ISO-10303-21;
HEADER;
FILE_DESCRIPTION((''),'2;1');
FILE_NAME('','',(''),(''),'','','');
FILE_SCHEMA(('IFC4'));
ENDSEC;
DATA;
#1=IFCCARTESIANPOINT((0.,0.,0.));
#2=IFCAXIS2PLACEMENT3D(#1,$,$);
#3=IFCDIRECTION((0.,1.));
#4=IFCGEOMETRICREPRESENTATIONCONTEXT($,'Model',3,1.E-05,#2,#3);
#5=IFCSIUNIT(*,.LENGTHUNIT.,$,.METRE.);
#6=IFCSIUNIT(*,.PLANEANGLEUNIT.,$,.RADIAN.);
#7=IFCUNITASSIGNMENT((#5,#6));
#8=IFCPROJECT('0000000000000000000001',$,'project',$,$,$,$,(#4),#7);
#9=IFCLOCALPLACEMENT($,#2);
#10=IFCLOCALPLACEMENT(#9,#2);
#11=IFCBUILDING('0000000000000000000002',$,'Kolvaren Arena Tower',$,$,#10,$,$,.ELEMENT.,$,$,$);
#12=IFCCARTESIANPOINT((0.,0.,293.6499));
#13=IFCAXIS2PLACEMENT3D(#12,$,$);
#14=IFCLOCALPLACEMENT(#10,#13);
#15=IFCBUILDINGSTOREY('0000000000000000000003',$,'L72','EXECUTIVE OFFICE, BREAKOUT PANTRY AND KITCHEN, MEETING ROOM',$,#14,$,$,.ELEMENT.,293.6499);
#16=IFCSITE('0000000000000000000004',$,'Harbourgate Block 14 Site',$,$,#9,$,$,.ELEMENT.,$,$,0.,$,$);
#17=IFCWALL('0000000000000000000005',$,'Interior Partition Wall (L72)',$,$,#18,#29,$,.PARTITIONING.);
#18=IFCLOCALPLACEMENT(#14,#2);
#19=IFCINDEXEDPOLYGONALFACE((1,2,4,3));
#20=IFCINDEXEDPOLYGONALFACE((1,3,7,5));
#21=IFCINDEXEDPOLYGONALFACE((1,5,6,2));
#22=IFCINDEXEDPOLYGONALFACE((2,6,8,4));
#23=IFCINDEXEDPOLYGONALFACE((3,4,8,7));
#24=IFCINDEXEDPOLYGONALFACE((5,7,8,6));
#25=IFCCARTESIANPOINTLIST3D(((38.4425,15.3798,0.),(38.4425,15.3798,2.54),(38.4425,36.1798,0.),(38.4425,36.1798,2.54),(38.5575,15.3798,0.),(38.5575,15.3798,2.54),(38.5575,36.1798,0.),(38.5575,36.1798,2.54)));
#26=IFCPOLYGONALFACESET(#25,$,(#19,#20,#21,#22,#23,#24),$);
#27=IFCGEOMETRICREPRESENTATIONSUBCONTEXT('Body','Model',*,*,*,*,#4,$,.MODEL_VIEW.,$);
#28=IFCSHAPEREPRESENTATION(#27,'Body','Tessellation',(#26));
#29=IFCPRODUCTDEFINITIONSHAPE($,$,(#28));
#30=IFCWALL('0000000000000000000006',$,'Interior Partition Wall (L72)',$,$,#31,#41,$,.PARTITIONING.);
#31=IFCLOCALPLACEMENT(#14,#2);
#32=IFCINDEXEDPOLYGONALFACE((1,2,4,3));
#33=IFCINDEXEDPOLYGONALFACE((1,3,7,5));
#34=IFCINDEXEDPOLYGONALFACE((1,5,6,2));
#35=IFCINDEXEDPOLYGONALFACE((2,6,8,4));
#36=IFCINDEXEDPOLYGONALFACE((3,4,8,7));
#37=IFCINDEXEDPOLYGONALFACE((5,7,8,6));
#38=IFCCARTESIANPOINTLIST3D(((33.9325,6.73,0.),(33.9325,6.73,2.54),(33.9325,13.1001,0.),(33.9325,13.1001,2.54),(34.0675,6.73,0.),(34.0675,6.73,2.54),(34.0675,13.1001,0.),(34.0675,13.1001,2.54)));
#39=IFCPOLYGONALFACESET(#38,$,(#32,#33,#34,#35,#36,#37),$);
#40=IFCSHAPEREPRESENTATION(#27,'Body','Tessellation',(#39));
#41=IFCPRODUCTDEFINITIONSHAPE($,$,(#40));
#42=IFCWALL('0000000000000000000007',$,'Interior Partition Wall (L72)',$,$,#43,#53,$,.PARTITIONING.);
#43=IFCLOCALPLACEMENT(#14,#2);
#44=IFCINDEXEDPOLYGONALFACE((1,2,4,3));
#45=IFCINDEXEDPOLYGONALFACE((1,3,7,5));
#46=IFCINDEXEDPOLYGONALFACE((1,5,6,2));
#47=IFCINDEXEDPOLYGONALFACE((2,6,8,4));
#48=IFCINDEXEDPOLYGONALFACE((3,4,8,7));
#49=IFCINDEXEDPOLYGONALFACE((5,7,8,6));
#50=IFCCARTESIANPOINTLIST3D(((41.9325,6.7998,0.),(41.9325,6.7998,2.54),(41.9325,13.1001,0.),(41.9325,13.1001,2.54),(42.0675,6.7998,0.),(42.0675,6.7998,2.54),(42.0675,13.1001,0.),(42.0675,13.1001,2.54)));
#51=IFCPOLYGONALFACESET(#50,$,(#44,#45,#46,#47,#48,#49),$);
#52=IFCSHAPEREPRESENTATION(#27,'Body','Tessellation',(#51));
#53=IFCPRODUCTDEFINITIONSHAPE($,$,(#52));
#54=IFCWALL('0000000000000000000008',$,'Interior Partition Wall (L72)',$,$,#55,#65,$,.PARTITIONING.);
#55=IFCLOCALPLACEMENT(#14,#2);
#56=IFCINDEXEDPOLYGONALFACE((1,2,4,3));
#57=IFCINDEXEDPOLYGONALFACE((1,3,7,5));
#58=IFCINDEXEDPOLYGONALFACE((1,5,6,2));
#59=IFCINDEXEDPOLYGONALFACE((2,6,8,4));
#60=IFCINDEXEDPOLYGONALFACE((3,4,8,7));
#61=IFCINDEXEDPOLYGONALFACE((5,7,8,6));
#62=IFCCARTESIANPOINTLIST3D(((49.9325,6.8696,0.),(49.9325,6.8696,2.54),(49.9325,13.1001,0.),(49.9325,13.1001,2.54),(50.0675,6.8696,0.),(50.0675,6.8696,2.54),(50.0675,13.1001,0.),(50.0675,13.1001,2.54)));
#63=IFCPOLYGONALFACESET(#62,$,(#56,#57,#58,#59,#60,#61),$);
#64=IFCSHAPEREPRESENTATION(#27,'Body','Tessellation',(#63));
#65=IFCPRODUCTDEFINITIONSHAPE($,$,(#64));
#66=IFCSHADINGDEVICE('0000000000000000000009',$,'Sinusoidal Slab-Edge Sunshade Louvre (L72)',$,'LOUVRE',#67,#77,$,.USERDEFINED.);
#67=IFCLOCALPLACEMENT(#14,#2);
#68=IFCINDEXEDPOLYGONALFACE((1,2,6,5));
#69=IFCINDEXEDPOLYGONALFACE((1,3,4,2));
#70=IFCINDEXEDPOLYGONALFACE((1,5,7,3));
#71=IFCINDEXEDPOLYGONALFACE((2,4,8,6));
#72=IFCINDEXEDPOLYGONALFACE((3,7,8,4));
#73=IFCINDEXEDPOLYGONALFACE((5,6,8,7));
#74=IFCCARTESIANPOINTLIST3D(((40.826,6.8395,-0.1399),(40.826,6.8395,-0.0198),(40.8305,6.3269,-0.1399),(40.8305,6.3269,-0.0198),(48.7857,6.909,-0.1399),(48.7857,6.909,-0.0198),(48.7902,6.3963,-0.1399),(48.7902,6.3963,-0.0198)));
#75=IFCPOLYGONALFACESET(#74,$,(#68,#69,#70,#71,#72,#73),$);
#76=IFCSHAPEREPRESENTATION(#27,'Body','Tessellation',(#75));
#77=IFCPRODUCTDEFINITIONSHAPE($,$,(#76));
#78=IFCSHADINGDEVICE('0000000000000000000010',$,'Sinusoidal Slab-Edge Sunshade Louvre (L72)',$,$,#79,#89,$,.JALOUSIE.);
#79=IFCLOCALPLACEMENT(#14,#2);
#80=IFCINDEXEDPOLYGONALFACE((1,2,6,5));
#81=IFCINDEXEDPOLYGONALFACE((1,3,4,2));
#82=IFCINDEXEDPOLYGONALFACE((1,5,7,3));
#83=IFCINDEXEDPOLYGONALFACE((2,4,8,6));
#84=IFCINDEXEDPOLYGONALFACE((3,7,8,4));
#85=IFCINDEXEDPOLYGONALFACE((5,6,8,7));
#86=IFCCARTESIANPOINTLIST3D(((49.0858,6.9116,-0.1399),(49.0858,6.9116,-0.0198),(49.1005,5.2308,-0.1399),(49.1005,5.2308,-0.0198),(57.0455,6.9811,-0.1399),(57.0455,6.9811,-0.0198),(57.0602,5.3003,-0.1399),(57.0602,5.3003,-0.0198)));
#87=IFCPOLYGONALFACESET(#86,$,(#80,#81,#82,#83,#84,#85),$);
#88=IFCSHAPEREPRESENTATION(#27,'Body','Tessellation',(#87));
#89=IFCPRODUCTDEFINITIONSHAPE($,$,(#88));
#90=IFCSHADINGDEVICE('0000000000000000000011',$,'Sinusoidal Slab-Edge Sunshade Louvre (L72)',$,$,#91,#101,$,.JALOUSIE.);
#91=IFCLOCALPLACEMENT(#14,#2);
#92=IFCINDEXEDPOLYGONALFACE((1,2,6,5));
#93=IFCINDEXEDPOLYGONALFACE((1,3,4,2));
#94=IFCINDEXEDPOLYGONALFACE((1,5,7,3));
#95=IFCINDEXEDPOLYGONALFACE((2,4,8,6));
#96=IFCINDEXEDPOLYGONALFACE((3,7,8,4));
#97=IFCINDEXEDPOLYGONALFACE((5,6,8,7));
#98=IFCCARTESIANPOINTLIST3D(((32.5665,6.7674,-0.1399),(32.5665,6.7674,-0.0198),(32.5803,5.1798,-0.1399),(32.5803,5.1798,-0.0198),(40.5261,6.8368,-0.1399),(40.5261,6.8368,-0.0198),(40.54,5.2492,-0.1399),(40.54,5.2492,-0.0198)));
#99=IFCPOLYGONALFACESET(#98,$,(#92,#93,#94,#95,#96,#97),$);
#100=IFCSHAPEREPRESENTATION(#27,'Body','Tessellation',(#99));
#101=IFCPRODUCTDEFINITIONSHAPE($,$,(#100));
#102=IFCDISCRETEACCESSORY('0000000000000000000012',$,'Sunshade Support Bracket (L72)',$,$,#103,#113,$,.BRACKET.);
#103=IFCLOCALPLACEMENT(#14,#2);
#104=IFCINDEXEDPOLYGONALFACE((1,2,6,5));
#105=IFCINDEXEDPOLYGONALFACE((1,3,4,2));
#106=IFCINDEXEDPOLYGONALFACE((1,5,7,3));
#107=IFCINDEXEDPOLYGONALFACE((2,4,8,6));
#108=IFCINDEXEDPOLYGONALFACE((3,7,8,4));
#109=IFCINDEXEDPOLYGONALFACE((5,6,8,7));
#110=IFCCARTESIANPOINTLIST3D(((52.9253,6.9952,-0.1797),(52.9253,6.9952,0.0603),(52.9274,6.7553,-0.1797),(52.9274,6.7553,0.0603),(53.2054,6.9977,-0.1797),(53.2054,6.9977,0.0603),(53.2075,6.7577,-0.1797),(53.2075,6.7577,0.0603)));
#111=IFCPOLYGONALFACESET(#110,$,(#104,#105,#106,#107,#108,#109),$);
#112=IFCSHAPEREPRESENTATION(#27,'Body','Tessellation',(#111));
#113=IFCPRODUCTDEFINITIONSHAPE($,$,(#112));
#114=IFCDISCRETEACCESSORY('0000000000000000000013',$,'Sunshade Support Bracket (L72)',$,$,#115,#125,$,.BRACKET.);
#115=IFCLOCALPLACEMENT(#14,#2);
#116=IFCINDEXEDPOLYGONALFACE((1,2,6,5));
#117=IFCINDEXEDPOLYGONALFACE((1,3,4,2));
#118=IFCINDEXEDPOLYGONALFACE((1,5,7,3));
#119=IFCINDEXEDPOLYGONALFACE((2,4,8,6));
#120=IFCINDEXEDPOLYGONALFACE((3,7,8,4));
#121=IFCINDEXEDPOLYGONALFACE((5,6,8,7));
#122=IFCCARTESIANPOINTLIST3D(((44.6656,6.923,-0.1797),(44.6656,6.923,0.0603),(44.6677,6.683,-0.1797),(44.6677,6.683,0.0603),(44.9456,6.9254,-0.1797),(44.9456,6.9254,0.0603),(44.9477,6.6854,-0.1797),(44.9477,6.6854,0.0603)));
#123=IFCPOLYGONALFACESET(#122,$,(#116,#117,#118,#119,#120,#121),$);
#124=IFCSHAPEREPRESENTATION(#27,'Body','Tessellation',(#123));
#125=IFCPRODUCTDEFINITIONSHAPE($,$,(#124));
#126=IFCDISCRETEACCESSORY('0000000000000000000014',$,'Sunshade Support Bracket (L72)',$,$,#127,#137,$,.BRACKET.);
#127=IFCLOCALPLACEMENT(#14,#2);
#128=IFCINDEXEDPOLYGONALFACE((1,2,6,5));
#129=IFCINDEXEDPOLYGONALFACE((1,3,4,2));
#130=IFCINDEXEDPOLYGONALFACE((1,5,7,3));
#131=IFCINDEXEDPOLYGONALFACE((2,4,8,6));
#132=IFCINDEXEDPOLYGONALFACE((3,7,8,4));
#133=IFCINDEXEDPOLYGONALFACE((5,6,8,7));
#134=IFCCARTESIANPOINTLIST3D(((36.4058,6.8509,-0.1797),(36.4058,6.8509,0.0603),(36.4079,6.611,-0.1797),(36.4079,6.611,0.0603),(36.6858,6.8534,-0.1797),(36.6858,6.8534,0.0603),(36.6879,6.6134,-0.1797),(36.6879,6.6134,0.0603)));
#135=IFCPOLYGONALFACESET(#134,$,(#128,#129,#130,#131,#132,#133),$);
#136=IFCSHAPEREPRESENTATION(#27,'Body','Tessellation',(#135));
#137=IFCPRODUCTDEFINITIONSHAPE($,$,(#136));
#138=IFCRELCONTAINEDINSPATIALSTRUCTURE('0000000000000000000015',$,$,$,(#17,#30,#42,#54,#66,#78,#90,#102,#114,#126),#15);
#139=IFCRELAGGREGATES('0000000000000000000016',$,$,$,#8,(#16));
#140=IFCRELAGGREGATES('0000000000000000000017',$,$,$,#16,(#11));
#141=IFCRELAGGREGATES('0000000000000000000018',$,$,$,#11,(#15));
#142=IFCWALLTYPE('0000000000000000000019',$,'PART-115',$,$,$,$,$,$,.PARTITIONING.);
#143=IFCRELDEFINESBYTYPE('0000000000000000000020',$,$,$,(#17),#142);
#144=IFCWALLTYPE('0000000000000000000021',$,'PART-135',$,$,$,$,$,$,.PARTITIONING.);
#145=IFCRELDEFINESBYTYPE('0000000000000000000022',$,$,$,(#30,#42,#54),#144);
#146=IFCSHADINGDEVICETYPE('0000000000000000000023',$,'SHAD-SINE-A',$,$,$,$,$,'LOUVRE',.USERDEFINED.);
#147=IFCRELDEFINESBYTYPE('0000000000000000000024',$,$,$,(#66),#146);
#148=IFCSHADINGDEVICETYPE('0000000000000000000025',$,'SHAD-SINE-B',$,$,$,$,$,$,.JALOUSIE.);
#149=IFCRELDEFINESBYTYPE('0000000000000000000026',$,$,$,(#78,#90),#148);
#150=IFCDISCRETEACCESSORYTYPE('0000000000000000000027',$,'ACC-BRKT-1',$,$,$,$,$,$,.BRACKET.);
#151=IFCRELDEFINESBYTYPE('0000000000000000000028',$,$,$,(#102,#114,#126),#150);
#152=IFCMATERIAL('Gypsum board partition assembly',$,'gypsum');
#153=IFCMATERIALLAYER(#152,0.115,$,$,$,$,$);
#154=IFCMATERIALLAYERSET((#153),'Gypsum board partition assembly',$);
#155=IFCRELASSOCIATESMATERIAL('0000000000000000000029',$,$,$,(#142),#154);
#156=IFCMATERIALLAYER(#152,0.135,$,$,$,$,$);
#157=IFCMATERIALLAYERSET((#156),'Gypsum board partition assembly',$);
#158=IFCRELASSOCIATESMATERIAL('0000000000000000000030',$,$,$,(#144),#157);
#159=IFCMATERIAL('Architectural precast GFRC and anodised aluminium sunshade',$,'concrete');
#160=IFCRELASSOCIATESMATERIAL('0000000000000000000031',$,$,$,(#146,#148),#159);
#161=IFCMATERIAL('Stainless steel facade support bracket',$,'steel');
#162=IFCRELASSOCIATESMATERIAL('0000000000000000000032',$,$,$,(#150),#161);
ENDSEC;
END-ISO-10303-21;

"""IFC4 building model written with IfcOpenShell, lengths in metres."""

from ifc_helpers import new_model, si_unit, direction, frame, frame_2d, origin, origin_2d, place, context, subcontext, project, spatial, rectangle, extrude, material, layer, layer_set, type_object, element, save


model = new_model("IFC4")

# Units and contexts
model_context = context("Model", 3, precision=1e-05, world=origin(), true_north=direction((0.0, 1.0)))
body_context = subcontext(model_context, "Body", "Model", "MODEL_VIEW")
ifc_project = project(units=[si_unit("LENGTHUNIT", "METRE"), si_unit("PLANEANGLEUNIT", "RADIAN")], contexts=[model_context])

# Site, building, storey
site_placement = place(None, origin())
site = spatial("IfcSite", under=ifc_project, at=site_placement, Name="Harbourgate Block 14 Site", CompositionType="ELEMENT", RefElevation=0.0)
building_placement = place(site_placement, origin())
building = spatial("IfcBuilding", under=site, at=building_placement, Name="Kolvaren Arena Tower", CompositionType="ELEMENT")
storey_placement = place(building_placement, frame((0.0, 0.0, 293.6499)))
storey = spatial("IfcBuildingStorey", under=building, at=storey_placement, Name="L72", Description="EXECUTIVE OFFICE, BREAKOUT PANTRY AND KITCHEN, MEETING ROOM", CompositionType="ELEMENT", Elevation=293.6499)

# Walls
ifc_material_1 = material(Name="Gypsum board partition assembly", Category="gypsum")
ifc_layer_1 = layer(ifc_material_1, 0.115)
ifc_layer_set_1 = layer_set([ifc_layer_1], Name="Gypsum board partition assembly")
wall_type_1 = type_object("IfcWallType", Name="PART-115", PredefinedType="PARTITIONING", material=ifc_layer_set_1)
wall_1_placement = place(storey_placement, frame((38.5, 15.3799, 0.0), z_axis=(0.0, 0.0, 1.0), x_axis=(0.0, 1.0, 0.0)))
element("IfcWall", 1, at=wall_1_placement, inside=storey, type_object=wall_type_1, Name="Interior Partition Wall (L72)", PredefinedType="PARTITIONING", context=body_context, shape_type="SweptSolid", body=[
    extrude(rectangle(XDim=20.8, YDim=0.115, at=frame_2d((10.3999, 0.0))), origin(), (0.0, 0.0, 1.0), 2.54),
])
ifc_layer_2 = layer(ifc_material_1, 0.135)
ifc_layer_set_2 = layer_set([ifc_layer_2], Name="Gypsum board partition assembly")
wall_type_2 = type_object("IfcWallType", Name="PART-135", PredefinedType="PARTITIONING", material=ifc_layer_set_2)
wall_2_placement = place(storey_placement, frame((34.0, 6.73, 0.0), z_axis=(0.0, 0.0, 1.0), x_axis=(0.0, 1.0, 0.0)))
element("IfcWall", 2, at=wall_2_placement, inside=storey, type_object=wall_type_2, Name="Interior Partition Wall (L72)", PredefinedType="PARTITIONING", context=body_context, shape_type="SweptSolid", body=[
    extrude(rectangle(XDim=6.3701, YDim=0.135, at=frame_2d((3.1851, 0.0))), origin(), (0.0, 0.0, 1.0), 2.54),
])
wall_3_placement = place(storey_placement, frame((42.0, 6.7998, 0.0), z_axis=(0.0, 0.0, 1.0), x_axis=(0.0, 1.0, 0.0)))
element("IfcWall", 3, at=wall_3_placement, inside=storey, type_object=wall_type_2, Name="Interior Partition Wall (L72)", PredefinedType="PARTITIONING", context=body_context, shape_type="SweptSolid", body=[
    extrude(rectangle(XDim=6.3003, YDim=0.135, at=frame_2d((3.1501, 0.0))), origin(), (0.0, 0.0, 1.0), 2.54),
])
wall_4_placement = place(storey_placement, frame((50.0, 6.8696, 0.0), z_axis=(0.0, 0.0, 1.0), x_axis=(0.0, 1.0, 0.0)))
element("IfcWall", 4, at=wall_4_placement, inside=storey, type_object=wall_type_2, Name="Interior Partition Wall (L72)", PredefinedType="PARTITIONING", context=body_context, shape_type="SweptSolid", body=[
    extrude(rectangle(XDim=6.2305, YDim=0.135, at=frame_2d((3.1152, 0.0))), origin(), (0.0, 0.0, 1.0), 2.54),
])

# Shading devices
ifc_material_2 = material(Name="Architectural precast GFRC and anodised aluminium sunshade", Category="concrete")
shading_device_type_1 = type_object("IfcShadingDeviceType", Name="SHAD-SINE-A", ElementType="LOUVRE", PredefinedType="USERDEFINED", material=ifc_material_2)
shading_device_1_placement = place(storey_placement, frame((44.8081, 6.6179, -0.1399), z_axis=(0.0, 0.0, 1.0), x_axis=(-0.999962, -0.008727, 0.0)))
element("IfcShadingDevice", 5, at=shading_device_1_placement, inside=storey, type_object=shading_device_type_1, Name="Sinusoidal Slab-Edge Sunshade Louvre (L72)", ObjectType="LOUVRE", PredefinedType="USERDEFINED", context=body_context, shape_type="SweptSolid", body=[
    extrude(rectangle(XDim=7.96, YDim=0.5127, at=origin_2d()), origin(), (0.0, 0.0, 1.0), 0.1201),
])
shading_device_type_2 = type_object("IfcShadingDeviceType", Name="SHAD-SINE-B", PredefinedType="JALOUSIE", material=ifc_material_2)
shading_device_2_placement = place(storey_placement, frame((53.073, 6.106, -0.1399), z_axis=(0.0, 0.0, 1.0), x_axis=(-0.999962, -0.008727, 0.0)))
element("IfcShadingDevice", 6, at=shading_device_2_placement, inside=storey, type_object=shading_device_type_2, Name="Sinusoidal Slab-Edge Sunshade Louvre (L72)", PredefinedType="JALOUSIE", context=body_context, shape_type="SweptSolid", body=[
    extrude(rectangle(XDim=7.96, YDim=1.6809, at=origin_2d()), origin(), (0.0, 0.0, 1.0), 0.1201),
])
shading_device_3_placement = place(storey_placement, frame((36.5532, 6.0083, -0.1399), z_axis=(0.0, 0.0, 1.0), x_axis=(-0.999962, -0.008727, 0.0)))
element("IfcShadingDevice", 7, at=shading_device_3_placement, inside=storey, type_object=shading_device_type_2, Name="Sinusoidal Slab-Edge Sunshade Louvre (L72)", PredefinedType="JALOUSIE", context=body_context, shape_type="SweptSolid", body=[
    extrude(rectangle(XDim=7.96, YDim=1.5876, at=origin_2d()), origin(), (0.0, 0.0, 1.0), 0.1201),
])

# Discrete accessories
ifc_material_3 = material(Name="Stainless steel facade support bracket", Category="steel")
discrete_accessory_type = type_object("IfcDiscreteAccessoryType", Name="ACC-BRKT-1", PredefinedType="BRACKET", material=ifc_material_3)
for number, where, z_axis, x_axis, name in (
    (8, (53.0664, 6.8765, -0.1797), (0.0, 0.0, 1.0), (-0.999962, -0.008727, 0.0), "Sunshade Support Bracket (L72)"),
    (9, (44.8066, 6.8042, -0.1797), (0.0, 0.0, 1.0), (-0.999962, -0.008727, 0.0), "Sunshade Support Bracket (L72)"),
    (10, (36.5469, 6.7322, -0.1797), (0.0, 0.0, 1.0), (-0.999962, -0.008727, 0.0), "Sunshade Support Bracket (L72)"),
):
    element("IfcDiscreteAccessory", number, at=place(storey_placement, frame(where, z_axis=z_axis, x_axis=x_axis)), inside=storey, type_object=discrete_accessory_type, Name=name, PredefinedType="BRACKET", context=body_context, shape_type="SweptSolid", body=[
        extrude(rectangle(XDim=0.28, YDim=0.24, at=origin_2d()), origin(), (0.0, 0.0, 1.0), 0.24),
    ])

save(model, "model.ifc")
